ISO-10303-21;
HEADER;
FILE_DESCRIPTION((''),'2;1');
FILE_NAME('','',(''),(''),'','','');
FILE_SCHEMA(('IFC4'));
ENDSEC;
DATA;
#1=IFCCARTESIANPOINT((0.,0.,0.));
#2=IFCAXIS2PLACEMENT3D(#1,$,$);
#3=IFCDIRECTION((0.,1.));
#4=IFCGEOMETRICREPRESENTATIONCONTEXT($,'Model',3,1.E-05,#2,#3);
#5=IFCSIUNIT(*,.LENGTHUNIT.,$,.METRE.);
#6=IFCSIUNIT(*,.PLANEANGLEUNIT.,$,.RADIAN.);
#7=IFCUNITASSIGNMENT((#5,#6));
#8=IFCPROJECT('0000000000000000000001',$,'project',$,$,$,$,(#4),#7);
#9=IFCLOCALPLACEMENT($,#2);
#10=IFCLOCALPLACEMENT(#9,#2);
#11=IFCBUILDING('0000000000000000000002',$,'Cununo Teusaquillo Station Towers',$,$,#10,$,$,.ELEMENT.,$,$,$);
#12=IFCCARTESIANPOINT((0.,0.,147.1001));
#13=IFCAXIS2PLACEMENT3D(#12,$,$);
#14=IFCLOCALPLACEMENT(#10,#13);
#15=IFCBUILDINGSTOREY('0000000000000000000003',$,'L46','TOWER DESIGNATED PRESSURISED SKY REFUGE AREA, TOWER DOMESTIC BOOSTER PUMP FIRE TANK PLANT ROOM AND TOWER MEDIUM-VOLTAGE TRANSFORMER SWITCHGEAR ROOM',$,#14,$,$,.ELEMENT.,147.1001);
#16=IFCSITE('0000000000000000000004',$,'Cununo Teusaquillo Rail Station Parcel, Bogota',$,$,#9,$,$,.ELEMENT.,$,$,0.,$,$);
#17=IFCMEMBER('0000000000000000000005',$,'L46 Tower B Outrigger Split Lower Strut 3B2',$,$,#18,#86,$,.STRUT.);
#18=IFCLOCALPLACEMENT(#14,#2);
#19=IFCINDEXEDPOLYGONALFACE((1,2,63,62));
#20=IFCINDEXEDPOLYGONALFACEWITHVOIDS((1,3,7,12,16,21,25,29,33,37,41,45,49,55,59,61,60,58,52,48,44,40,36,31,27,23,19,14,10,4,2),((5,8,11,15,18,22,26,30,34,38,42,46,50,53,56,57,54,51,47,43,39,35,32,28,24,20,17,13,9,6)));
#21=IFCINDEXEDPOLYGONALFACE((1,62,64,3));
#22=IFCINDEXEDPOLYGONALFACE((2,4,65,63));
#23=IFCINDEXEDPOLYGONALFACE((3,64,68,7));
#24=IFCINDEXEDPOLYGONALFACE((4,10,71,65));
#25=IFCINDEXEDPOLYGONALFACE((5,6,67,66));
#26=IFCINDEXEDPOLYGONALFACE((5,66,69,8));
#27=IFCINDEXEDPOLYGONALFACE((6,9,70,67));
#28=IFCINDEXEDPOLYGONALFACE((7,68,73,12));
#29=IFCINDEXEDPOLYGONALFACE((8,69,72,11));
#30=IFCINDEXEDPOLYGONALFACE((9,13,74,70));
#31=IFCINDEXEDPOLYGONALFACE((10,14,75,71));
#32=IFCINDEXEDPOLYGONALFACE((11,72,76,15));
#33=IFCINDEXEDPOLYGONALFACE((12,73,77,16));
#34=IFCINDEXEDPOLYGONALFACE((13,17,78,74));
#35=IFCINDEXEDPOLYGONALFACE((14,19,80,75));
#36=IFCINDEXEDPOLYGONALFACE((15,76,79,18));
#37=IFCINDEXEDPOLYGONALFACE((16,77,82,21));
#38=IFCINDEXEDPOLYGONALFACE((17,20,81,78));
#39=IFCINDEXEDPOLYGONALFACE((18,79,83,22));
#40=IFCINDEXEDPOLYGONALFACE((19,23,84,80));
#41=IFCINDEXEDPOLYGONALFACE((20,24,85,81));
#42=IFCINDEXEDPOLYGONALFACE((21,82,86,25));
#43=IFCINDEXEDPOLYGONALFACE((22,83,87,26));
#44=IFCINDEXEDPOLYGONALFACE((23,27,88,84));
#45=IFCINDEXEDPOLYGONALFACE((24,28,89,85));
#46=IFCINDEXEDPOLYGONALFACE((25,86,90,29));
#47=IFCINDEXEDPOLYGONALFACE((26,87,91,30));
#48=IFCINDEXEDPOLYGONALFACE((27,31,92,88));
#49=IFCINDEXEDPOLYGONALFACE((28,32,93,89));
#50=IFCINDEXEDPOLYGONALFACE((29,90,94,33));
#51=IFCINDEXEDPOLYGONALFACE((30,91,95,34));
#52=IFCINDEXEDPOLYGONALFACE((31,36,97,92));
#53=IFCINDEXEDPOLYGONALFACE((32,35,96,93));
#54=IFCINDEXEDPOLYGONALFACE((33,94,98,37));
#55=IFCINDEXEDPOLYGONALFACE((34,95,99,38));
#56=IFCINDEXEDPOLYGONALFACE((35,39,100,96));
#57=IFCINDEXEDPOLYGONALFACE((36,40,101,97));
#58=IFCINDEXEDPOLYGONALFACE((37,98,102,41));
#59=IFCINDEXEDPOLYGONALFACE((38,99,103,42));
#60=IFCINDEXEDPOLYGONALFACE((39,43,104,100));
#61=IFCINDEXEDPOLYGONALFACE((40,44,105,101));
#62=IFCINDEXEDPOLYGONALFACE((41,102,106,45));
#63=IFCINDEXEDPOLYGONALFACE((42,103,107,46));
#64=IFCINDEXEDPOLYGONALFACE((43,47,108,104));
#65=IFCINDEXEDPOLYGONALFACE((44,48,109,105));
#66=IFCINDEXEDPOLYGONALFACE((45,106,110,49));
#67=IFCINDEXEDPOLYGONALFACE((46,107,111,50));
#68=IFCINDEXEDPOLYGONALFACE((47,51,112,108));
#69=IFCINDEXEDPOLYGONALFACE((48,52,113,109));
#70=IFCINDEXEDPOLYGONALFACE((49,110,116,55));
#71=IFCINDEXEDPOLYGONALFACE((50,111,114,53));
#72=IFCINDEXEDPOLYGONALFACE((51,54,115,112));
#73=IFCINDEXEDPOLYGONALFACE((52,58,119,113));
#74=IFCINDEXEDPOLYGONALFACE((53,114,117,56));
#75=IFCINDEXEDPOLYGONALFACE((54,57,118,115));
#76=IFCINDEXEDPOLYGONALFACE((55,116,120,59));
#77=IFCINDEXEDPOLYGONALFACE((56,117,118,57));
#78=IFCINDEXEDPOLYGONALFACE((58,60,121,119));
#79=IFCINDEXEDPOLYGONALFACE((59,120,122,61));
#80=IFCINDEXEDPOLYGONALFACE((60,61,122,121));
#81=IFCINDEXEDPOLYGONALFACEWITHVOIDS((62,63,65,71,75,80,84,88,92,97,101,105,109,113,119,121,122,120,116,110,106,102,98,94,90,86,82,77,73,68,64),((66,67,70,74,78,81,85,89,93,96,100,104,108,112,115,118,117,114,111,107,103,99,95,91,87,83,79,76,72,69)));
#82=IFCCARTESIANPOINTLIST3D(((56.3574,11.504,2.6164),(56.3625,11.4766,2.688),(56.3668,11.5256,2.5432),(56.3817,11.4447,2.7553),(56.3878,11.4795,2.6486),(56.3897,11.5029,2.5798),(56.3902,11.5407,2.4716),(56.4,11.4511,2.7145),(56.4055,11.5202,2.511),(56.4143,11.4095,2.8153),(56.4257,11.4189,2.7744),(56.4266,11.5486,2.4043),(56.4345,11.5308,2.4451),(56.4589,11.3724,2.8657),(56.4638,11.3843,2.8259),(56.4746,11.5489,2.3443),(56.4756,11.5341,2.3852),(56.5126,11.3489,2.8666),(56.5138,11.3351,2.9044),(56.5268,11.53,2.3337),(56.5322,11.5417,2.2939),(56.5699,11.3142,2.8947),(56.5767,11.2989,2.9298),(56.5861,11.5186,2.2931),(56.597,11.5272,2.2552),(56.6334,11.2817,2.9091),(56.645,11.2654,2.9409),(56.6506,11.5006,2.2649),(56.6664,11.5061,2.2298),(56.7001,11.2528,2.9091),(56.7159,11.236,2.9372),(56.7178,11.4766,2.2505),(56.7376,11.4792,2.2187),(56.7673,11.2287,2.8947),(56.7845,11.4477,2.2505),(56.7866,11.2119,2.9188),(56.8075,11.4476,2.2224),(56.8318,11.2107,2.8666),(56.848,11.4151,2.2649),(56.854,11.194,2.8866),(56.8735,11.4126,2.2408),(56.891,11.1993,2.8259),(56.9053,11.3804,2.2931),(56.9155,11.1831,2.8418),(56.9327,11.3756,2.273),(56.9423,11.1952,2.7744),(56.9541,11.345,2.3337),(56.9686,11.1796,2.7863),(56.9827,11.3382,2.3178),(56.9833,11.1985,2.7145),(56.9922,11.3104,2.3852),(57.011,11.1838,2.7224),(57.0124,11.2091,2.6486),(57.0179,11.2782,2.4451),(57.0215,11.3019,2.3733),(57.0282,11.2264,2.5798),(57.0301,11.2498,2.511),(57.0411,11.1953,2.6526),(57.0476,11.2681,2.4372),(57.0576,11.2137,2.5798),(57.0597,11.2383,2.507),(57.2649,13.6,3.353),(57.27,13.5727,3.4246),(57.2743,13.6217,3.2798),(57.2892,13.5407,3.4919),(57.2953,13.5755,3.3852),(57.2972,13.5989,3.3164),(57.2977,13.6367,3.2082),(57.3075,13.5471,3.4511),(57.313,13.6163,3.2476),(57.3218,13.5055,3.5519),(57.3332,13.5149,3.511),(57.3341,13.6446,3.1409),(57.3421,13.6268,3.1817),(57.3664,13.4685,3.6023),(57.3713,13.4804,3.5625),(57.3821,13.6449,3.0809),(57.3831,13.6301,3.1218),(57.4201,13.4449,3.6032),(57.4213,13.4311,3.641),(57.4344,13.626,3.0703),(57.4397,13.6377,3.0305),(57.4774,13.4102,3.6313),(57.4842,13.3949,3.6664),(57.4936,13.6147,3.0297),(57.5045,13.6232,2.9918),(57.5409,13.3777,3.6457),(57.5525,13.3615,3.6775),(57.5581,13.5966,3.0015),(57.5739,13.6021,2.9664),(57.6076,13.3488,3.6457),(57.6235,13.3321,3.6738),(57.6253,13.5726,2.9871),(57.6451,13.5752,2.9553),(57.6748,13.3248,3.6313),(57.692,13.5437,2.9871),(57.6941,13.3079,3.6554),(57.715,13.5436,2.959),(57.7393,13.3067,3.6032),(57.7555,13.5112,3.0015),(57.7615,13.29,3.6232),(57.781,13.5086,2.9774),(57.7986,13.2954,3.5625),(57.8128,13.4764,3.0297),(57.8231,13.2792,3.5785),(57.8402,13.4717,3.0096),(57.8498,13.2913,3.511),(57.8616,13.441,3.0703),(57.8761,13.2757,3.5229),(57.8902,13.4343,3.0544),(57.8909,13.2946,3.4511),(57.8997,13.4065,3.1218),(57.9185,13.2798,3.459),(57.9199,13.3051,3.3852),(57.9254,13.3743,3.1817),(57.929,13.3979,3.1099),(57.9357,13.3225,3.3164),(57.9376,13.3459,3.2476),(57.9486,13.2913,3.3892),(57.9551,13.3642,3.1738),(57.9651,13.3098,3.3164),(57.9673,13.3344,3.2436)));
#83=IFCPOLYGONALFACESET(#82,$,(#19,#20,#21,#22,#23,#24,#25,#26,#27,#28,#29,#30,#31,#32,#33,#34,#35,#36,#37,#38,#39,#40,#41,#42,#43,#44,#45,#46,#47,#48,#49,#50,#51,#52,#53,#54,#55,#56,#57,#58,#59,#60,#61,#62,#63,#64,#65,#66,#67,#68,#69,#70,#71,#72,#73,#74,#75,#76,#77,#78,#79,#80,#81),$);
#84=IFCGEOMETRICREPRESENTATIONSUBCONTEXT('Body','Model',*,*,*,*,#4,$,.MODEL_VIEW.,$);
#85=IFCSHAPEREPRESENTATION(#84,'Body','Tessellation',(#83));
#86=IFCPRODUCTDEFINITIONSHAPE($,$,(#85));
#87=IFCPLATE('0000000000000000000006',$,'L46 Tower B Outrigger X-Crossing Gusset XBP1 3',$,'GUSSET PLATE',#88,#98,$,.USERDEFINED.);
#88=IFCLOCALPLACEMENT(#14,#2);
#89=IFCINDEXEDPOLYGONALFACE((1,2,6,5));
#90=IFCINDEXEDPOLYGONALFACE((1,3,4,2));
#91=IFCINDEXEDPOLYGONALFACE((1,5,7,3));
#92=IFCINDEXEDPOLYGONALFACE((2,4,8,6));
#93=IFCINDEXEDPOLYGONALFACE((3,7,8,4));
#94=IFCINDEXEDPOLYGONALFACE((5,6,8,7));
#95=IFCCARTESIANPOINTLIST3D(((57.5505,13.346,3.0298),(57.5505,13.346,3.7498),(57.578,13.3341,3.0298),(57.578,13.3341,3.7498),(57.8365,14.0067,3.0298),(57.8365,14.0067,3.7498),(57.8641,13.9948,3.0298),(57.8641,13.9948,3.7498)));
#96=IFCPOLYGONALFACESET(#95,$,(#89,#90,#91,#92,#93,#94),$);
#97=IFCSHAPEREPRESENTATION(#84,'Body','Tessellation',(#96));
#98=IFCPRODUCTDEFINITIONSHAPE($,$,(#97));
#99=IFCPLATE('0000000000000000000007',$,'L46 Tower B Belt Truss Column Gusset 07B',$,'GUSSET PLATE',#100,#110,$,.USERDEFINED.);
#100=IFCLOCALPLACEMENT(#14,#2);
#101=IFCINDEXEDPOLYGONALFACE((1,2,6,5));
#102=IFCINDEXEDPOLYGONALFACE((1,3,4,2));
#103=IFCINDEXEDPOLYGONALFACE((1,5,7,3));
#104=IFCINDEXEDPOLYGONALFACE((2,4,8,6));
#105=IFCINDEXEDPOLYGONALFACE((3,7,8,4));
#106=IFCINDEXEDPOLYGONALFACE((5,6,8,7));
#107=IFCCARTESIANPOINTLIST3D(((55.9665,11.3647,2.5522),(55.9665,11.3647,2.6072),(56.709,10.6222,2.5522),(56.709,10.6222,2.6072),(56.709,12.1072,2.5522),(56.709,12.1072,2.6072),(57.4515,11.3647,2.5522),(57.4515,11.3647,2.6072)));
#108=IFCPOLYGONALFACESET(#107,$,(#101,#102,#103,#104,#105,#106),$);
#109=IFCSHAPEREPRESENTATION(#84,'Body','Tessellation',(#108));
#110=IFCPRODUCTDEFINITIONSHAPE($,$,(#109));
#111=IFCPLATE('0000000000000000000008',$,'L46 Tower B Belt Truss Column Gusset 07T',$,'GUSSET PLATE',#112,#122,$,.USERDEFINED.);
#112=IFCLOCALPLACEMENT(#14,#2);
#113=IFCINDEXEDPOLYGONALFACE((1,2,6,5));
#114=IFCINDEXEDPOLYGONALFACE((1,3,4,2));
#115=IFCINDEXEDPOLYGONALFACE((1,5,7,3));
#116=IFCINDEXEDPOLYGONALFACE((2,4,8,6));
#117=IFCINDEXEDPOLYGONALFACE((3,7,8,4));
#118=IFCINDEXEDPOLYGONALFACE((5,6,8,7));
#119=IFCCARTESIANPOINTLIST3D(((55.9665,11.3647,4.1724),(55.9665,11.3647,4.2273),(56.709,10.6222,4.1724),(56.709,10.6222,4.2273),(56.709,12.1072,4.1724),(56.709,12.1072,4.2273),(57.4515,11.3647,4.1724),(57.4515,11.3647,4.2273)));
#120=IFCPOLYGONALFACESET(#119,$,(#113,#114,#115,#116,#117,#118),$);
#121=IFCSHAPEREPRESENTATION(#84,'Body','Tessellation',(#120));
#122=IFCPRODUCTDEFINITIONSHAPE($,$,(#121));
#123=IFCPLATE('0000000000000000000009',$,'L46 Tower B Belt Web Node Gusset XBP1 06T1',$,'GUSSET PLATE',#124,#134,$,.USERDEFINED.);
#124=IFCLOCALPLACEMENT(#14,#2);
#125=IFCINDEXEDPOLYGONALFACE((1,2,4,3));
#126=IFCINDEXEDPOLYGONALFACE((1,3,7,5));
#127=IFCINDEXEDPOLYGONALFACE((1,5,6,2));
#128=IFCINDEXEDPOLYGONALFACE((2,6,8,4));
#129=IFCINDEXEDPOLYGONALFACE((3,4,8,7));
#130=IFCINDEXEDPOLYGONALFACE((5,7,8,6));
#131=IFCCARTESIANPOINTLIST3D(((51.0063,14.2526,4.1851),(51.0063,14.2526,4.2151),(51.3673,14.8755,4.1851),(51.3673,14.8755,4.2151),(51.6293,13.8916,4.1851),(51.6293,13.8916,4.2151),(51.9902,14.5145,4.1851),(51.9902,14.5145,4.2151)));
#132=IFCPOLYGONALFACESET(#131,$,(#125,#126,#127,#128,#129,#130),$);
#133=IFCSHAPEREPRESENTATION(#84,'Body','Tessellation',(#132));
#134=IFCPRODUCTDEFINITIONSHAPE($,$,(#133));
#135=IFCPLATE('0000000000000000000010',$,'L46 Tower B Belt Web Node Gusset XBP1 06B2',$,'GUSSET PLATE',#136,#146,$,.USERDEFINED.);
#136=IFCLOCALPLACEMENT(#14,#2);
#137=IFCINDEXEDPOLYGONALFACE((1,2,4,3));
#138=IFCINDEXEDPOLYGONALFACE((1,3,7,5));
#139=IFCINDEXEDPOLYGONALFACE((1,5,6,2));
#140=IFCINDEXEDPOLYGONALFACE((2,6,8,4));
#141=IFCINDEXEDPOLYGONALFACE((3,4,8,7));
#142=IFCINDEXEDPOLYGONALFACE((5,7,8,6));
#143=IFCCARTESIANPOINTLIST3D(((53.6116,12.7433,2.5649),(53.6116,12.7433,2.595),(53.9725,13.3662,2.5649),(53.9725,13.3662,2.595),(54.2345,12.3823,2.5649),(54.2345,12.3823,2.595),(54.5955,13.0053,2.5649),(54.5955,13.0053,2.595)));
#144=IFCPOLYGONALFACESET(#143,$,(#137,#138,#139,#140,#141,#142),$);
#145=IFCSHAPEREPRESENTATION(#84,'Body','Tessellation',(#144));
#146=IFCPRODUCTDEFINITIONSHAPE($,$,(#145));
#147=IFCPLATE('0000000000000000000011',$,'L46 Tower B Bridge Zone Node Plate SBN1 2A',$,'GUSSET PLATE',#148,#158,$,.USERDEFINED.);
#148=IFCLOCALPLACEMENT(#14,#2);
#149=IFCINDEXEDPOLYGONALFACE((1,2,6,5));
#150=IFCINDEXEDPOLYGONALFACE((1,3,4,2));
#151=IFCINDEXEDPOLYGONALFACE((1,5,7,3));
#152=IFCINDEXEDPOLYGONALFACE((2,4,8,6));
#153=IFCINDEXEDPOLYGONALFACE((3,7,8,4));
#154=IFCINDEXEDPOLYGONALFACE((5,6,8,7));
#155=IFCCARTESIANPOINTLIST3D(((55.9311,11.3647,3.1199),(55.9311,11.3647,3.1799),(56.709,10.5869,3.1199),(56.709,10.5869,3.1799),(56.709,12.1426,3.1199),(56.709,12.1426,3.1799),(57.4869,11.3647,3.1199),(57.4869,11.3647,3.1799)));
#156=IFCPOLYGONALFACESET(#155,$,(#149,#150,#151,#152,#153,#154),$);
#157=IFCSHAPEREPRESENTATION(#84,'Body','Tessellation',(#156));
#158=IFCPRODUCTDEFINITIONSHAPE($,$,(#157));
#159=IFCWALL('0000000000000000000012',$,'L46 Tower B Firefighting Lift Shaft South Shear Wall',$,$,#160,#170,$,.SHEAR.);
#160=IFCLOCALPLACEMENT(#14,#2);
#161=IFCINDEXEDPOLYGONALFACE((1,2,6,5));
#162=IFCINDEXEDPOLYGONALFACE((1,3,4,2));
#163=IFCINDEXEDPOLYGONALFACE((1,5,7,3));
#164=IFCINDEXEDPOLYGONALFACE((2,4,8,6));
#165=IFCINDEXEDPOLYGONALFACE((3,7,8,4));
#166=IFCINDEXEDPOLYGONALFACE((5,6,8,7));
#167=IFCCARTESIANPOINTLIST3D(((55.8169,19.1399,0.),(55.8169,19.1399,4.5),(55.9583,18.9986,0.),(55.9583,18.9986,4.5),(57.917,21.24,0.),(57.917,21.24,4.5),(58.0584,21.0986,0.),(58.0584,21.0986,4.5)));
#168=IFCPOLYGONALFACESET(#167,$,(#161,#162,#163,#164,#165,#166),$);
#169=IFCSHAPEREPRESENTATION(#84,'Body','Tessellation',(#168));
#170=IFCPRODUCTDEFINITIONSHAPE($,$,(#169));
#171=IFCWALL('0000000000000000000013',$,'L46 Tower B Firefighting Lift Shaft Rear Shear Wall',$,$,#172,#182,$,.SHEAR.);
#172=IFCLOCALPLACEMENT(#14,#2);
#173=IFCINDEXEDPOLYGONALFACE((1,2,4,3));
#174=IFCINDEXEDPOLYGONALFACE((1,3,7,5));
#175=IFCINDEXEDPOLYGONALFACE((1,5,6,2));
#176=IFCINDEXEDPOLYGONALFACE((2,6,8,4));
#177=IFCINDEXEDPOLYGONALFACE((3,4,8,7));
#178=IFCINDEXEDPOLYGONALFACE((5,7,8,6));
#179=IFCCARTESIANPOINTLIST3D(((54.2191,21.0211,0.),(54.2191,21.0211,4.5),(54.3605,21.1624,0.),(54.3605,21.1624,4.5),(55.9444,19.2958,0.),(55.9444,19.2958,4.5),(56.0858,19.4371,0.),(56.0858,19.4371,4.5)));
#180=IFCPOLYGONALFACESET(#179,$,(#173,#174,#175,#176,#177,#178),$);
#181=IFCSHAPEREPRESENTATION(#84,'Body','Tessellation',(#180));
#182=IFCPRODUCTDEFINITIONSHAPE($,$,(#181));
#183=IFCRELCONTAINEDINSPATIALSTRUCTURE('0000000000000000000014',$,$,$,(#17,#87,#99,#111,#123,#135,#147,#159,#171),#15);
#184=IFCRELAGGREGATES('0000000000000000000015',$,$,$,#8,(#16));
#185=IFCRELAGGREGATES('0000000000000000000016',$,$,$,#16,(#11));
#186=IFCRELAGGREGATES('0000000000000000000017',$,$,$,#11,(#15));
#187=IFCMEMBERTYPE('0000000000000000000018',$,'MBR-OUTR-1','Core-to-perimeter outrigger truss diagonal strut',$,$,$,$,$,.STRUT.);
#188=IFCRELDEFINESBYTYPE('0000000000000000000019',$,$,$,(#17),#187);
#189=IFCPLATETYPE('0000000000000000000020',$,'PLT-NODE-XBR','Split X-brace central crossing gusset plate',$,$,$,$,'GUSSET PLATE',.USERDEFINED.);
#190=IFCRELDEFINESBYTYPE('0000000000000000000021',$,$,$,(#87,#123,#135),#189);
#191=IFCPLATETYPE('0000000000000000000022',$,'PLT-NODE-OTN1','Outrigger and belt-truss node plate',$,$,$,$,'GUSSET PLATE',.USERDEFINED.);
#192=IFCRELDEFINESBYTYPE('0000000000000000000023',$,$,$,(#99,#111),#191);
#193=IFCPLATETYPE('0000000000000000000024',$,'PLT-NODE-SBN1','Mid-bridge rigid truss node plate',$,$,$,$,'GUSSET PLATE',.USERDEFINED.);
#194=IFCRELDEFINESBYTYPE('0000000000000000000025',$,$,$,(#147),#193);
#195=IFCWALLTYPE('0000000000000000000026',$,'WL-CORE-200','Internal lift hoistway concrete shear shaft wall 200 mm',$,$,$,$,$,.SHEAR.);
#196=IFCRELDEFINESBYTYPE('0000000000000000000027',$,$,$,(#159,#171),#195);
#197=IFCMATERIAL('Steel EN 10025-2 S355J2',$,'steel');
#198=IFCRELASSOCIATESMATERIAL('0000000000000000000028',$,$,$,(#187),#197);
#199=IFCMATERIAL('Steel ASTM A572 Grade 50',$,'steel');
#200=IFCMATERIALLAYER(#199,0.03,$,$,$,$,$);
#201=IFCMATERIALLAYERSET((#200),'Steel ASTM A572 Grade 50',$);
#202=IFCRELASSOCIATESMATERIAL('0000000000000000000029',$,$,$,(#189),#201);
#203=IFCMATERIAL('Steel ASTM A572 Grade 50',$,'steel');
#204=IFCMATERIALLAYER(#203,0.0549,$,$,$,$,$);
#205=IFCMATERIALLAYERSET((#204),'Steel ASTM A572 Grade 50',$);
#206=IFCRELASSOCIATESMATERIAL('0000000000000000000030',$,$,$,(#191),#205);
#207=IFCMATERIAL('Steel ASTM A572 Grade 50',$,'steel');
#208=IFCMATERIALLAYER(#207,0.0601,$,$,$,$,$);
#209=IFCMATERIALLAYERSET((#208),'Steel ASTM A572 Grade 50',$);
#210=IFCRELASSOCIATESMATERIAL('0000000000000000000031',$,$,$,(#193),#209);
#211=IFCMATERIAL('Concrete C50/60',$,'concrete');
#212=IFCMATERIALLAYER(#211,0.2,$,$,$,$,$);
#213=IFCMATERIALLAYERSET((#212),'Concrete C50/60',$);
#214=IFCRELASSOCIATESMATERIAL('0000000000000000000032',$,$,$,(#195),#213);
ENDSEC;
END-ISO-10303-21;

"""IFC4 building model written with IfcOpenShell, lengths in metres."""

from ifc_helpers import new_model, si_unit, direction, frame, frame_2d, origin, origin_2d, place, context, subcontext, project, spatial, rectangle, hollow_circle, extrude, source, transform, mapped, material, layer, layer_set, material_profile, profile_set, type_object, element, save


model = new_model("IFC4")

# Units and contexts
model_context = context("Model", 3, precision=1e-05, world=origin(), true_north=direction((0.0, 1.0)))
body_context = subcontext(model_context, "Body", "Model", "MODEL_VIEW")
ifc_project = project(units=[si_unit("LENGTHUNIT", "METRE"), si_unit("PLANEANGLEUNIT", "RADIAN")], contexts=[model_context])

# Site, building, storey
site_placement = place(None, origin())
site = spatial("IfcSite", under=ifc_project, at=site_placement, Name="Cununo Teusaquillo Rail Station Parcel, Bogota", CompositionType="ELEMENT", RefElevation=0.0)
building_placement = place(site_placement, origin())
building = spatial("IfcBuilding", under=site, at=building_placement, Name="Cununo Teusaquillo Station Towers", CompositionType="ELEMENT")
storey_placement = place(building_placement, frame((0.0, 0.0, 147.1001)))
storey = spatial("IfcBuildingStorey", under=building, at=storey_placement, Name="L46", Description="TOWER DESIGNATED PRESSURISED SKY REFUGE AREA, TOWER DOMESTIC BOOSTER PUMP FIRE TANK PLANT ROOM AND TOWER MEDIUM-VOLTAGE TRANSFORMER SWITCHGEAR ROOM", CompositionType="ELEMENT", Elevation=147.1001)

# Member
ifc_material_1 = material(Name="Steel EN 10025-2 S355J2", Category="steel")
ifc_material_profile_1 = material_profile(ifc_material_1, hollow_circle(Radius=0.3799, WallThickness=0.032, at=origin_2d()), Name="CHS 760x32")
ifc_profile_set_1 = profile_set([ifc_material_profile_1], Name="Steel EN 10025-2 S355J2")
member_type_1 = type_object("IfcMemberType", Name="MBR-OUTR-1", Description="Core-to-perimeter outrigger truss diagonal strut", PredefinedType="STRUT", material=ifc_profile_set_1)
member_1_placement = place(storey_placement, frame((57.6165, 13.4607, 3.3164), z_axis=(-0.378144, -0.873384, -0.306931), x_axis=(0.917679, -0.397322, 0.0)))
element("IfcMember", 1, at=member_1_placement, inside=storey, type_object=member_type_1, Name="L46 Tower B Outrigger Split Lower Strut 3B2", PredefinedType="STRUT", context=body_context, shape_type="SweptSolid", body=[
    extrude(hollow_circle(Radius=0.3799, WallThickness=0.032, at=origin_2d()), origin(), (0.0, 0.0, 1.0), 2.3999),
])

# Plates
ifc_material_2 = material(Name="Steel ASTM A572 Grade 50", Category="steel")
ifc_layer_1 = layer(ifc_material_2, 0.03)
ifc_layer_set_1 = layer_set([ifc_layer_1], Name="Steel ASTM A572 Grade 50")
plate_type_1 = type_object("IfcPlateType", Name="PLT-NODE-XBR", Description="Split X-brace central crossing gusset plate", ElementType="GUSSET PLATE", PredefinedType="USERDEFINED", material=ifc_layer_set_1)
shared_shape_1 = source(origin(), body_context, "Body", "SweptSolid", [
    extrude(rectangle(XDim=0.72, YDim=0.03, at=origin_2d()), origin(), (0.0, 0.0, 1.0), 0.72),
])
plate_1_placement = place(storey_placement, frame((57.7073, 13.6704, 3.0298), z_axis=(0.0, 0.0, 1.0), x_axis=(-0.397308, -0.917685, 0.0)))
element("IfcPlate", 2, at=plate_1_placement, inside=storey, type_object=plate_type_1, Name="L46 Tower B Outrigger X-Crossing Gusset XBP1 3", ObjectType="GUSSET PLATE", PredefinedType="USERDEFINED", context=body_context, shape_type="MappedRepresentation", body=[
    mapped(shared_shape_1, transform((0.0, 0.0, 0.0), x_axis=(1.0, 0.0, 0.0), y_axis=(0.0, 1.0, 0.0), z_axis=(0.0, 0.0, 1.0), scale=1.0)),
])
ifc_material_3 = material(Name="Steel ASTM A572 Grade 50", Category="steel")
ifc_layer_2 = layer(ifc_material_3, 0.0549)
ifc_layer_set_2 = layer_set([ifc_layer_2], Name="Steel ASTM A572 Grade 50")
plate_type_2 = type_object("IfcPlateType", Name="PLT-NODE-OTN1", Description="Outrigger and belt-truss node plate", ElementType="GUSSET PLATE", PredefinedType="USERDEFINED", material=ifc_layer_set_2)
shared_shape_2 = source(origin(), body_context, "Body", "SweptSolid", [
    extrude(rectangle(XDim=1.05, YDim=1.05, at=origin_2d()), origin(), (0.0, 0.0, 1.0), 0.0549),
])
for number, where, z_axis, x_axis, name in (
    (3, (56.709, 11.3647, 2.5522), (0.0, 0.0, 1.0), (0.707107, 0.707107, 0.0), "L46 Tower B Belt Truss Column Gusset 07B"),
    (4, (56.709, 11.3647, 4.1724), (0.0, 0.0, 1.0), (0.707107, 0.707107, 0.0), "L46 Tower B Belt Truss Column Gusset 07T"),
):
    element("IfcPlate", number, at=place(storey_placement, frame(where, z_axis=z_axis, x_axis=x_axis)), inside=storey, type_object=plate_type_2, Name=name, ObjectType="GUSSET PLATE", PredefinedType="USERDEFINED", context=body_context, shape_type="MappedRepresentation", body=[
        mapped(shared_shape_2, transform((0.0, 0.0, 0.0), x_axis=(1.0, 0.0, 0.0), y_axis=(0.0, 1.0, 0.0), z_axis=(0.0, 0.0, 1.0), scale=1.0)),
    ])
shared_shape_3 = source(origin(), body_context, "Body", "SweptSolid", [
    extrude(rectangle(XDim=0.72, YDim=0.72, at=origin_2d()), origin(), (0.0, 0.0, 1.0), 0.03),
])
for number, where, z_axis, x_axis, name in (
    (5, (51.4983, 14.3835, 4.1851), (0.0, 0.0, 1.0), (0.865239, -0.50136, 0.0), "L46 Tower B Belt Web Node Gusset XBP1 06T1"),
    (6, (54.1035, 12.8743, 2.5649), (0.0, 0.0, 1.0), (0.865239, -0.50136, 0.0), "L46 Tower B Belt Web Node Gusset XBP1 06B2"),
):
    element("IfcPlate", number, at=place(storey_placement, frame(where, z_axis=z_axis, x_axis=x_axis)), inside=storey, type_object=plate_type_1, Name=name, ObjectType="GUSSET PLATE", PredefinedType="USERDEFINED", context=body_context, shape_type="MappedRepresentation", body=[
        mapped(shared_shape_3, transform((0.0, 0.0, 0.0), x_axis=(1.0, 0.0, 0.0), y_axis=(0.0, 1.0, 0.0), z_axis=(0.0, 0.0, 1.0), scale=1.0)),
    ])
ifc_material_4 = material(Name="Steel ASTM A572 Grade 50", Category="steel")
ifc_layer_3 = layer(ifc_material_4, 0.0601)
ifc_layer_set_3 = layer_set([ifc_layer_3], Name="Steel ASTM A572 Grade 50")
plate_type_3 = type_object("IfcPlateType", Name="PLT-NODE-SBN1", Description="Mid-bridge rigid truss node plate", ElementType="GUSSET PLATE", PredefinedType="USERDEFINED", material=ifc_layer_set_3)
shared_shape_4 = source(origin(), body_context, "Body", "SweptSolid", [
    extrude(rectangle(XDim=1.1001, YDim=1.1001, at=origin_2d()), origin(), (0.0, 0.0, 1.0), 0.0601),
])
plate_2_placement = place(storey_placement, frame((56.709, 11.3647, 3.1199), z_axis=(0.0, 0.0, 1.0), x_axis=(0.707107, 0.707107, 0.0)))
element("IfcPlate", 7, at=plate_2_placement, inside=storey, type_object=plate_type_3, Name="L46 Tower B Bridge Zone Node Plate SBN1 2A", ObjectType="GUSSET PLATE", PredefinedType="USERDEFINED", context=body_context, shape_type="MappedRepresentation", body=[
    mapped(shared_shape_4, transform((0.0, 0.0, 0.0), x_axis=(1.0, 0.0, 0.0), y_axis=(0.0, 1.0, 0.0), z_axis=(0.0, 0.0, 1.0), scale=1.0)),
])

# Walls
ifc_material_5 = material(Name="Concrete C50/60", Category="concrete")
ifc_layer_4 = layer(ifc_material_5, 0.2)
ifc_layer_set_4 = layer_set([ifc_layer_4], Name="Concrete C50/60")
wall_type_1 = type_object("IfcWallType", Name="WL-CORE-200", Description="Internal lift hoistway concrete shear shaft wall 200 mm", PredefinedType="SHEAR", material=ifc_layer_set_4)
wall_1_placement = place(storey_placement, frame((55.8877, 19.0693, 0.0), z_axis=(0.0, 0.0, 1.0), x_axis=(0.707107, 0.707107, 0.0)))
element("IfcWall", 8, at=wall_1_placement, inside=storey, type_object=wall_type_1, Name="L46 Tower B Firefighting Lift Shaft South Shear Wall", PredefinedType="SHEAR", context=body_context, shape_type="SweptSolid", body=[
    extrude(rectangle(XDim=2.97, YDim=0.2, at=frame_2d((1.4849, 0.0))), origin(), (0.0, 0.0, 1.0), 4.5),
])
wall_2_placement = place(storey_placement, frame((56.0151, 19.3665, 0.0), z_axis=(0.0, 0.0, 1.0), x_axis=(-0.707107, 0.707107, 0.0)))
element("IfcWall", 9, at=wall_2_placement, inside=storey, type_object=wall_type_1, Name="L46 Tower B Firefighting Lift Shaft Rear Shear Wall", PredefinedType="SHEAR", context=body_context, shape_type="SweptSolid", body=[
    extrude(rectangle(XDim=2.4399, YDim=0.2, at=frame_2d((1.22, 0.0))), origin(), (0.0, 0.0, 1.0), 4.5),
])

save(model, "model.ifc")
